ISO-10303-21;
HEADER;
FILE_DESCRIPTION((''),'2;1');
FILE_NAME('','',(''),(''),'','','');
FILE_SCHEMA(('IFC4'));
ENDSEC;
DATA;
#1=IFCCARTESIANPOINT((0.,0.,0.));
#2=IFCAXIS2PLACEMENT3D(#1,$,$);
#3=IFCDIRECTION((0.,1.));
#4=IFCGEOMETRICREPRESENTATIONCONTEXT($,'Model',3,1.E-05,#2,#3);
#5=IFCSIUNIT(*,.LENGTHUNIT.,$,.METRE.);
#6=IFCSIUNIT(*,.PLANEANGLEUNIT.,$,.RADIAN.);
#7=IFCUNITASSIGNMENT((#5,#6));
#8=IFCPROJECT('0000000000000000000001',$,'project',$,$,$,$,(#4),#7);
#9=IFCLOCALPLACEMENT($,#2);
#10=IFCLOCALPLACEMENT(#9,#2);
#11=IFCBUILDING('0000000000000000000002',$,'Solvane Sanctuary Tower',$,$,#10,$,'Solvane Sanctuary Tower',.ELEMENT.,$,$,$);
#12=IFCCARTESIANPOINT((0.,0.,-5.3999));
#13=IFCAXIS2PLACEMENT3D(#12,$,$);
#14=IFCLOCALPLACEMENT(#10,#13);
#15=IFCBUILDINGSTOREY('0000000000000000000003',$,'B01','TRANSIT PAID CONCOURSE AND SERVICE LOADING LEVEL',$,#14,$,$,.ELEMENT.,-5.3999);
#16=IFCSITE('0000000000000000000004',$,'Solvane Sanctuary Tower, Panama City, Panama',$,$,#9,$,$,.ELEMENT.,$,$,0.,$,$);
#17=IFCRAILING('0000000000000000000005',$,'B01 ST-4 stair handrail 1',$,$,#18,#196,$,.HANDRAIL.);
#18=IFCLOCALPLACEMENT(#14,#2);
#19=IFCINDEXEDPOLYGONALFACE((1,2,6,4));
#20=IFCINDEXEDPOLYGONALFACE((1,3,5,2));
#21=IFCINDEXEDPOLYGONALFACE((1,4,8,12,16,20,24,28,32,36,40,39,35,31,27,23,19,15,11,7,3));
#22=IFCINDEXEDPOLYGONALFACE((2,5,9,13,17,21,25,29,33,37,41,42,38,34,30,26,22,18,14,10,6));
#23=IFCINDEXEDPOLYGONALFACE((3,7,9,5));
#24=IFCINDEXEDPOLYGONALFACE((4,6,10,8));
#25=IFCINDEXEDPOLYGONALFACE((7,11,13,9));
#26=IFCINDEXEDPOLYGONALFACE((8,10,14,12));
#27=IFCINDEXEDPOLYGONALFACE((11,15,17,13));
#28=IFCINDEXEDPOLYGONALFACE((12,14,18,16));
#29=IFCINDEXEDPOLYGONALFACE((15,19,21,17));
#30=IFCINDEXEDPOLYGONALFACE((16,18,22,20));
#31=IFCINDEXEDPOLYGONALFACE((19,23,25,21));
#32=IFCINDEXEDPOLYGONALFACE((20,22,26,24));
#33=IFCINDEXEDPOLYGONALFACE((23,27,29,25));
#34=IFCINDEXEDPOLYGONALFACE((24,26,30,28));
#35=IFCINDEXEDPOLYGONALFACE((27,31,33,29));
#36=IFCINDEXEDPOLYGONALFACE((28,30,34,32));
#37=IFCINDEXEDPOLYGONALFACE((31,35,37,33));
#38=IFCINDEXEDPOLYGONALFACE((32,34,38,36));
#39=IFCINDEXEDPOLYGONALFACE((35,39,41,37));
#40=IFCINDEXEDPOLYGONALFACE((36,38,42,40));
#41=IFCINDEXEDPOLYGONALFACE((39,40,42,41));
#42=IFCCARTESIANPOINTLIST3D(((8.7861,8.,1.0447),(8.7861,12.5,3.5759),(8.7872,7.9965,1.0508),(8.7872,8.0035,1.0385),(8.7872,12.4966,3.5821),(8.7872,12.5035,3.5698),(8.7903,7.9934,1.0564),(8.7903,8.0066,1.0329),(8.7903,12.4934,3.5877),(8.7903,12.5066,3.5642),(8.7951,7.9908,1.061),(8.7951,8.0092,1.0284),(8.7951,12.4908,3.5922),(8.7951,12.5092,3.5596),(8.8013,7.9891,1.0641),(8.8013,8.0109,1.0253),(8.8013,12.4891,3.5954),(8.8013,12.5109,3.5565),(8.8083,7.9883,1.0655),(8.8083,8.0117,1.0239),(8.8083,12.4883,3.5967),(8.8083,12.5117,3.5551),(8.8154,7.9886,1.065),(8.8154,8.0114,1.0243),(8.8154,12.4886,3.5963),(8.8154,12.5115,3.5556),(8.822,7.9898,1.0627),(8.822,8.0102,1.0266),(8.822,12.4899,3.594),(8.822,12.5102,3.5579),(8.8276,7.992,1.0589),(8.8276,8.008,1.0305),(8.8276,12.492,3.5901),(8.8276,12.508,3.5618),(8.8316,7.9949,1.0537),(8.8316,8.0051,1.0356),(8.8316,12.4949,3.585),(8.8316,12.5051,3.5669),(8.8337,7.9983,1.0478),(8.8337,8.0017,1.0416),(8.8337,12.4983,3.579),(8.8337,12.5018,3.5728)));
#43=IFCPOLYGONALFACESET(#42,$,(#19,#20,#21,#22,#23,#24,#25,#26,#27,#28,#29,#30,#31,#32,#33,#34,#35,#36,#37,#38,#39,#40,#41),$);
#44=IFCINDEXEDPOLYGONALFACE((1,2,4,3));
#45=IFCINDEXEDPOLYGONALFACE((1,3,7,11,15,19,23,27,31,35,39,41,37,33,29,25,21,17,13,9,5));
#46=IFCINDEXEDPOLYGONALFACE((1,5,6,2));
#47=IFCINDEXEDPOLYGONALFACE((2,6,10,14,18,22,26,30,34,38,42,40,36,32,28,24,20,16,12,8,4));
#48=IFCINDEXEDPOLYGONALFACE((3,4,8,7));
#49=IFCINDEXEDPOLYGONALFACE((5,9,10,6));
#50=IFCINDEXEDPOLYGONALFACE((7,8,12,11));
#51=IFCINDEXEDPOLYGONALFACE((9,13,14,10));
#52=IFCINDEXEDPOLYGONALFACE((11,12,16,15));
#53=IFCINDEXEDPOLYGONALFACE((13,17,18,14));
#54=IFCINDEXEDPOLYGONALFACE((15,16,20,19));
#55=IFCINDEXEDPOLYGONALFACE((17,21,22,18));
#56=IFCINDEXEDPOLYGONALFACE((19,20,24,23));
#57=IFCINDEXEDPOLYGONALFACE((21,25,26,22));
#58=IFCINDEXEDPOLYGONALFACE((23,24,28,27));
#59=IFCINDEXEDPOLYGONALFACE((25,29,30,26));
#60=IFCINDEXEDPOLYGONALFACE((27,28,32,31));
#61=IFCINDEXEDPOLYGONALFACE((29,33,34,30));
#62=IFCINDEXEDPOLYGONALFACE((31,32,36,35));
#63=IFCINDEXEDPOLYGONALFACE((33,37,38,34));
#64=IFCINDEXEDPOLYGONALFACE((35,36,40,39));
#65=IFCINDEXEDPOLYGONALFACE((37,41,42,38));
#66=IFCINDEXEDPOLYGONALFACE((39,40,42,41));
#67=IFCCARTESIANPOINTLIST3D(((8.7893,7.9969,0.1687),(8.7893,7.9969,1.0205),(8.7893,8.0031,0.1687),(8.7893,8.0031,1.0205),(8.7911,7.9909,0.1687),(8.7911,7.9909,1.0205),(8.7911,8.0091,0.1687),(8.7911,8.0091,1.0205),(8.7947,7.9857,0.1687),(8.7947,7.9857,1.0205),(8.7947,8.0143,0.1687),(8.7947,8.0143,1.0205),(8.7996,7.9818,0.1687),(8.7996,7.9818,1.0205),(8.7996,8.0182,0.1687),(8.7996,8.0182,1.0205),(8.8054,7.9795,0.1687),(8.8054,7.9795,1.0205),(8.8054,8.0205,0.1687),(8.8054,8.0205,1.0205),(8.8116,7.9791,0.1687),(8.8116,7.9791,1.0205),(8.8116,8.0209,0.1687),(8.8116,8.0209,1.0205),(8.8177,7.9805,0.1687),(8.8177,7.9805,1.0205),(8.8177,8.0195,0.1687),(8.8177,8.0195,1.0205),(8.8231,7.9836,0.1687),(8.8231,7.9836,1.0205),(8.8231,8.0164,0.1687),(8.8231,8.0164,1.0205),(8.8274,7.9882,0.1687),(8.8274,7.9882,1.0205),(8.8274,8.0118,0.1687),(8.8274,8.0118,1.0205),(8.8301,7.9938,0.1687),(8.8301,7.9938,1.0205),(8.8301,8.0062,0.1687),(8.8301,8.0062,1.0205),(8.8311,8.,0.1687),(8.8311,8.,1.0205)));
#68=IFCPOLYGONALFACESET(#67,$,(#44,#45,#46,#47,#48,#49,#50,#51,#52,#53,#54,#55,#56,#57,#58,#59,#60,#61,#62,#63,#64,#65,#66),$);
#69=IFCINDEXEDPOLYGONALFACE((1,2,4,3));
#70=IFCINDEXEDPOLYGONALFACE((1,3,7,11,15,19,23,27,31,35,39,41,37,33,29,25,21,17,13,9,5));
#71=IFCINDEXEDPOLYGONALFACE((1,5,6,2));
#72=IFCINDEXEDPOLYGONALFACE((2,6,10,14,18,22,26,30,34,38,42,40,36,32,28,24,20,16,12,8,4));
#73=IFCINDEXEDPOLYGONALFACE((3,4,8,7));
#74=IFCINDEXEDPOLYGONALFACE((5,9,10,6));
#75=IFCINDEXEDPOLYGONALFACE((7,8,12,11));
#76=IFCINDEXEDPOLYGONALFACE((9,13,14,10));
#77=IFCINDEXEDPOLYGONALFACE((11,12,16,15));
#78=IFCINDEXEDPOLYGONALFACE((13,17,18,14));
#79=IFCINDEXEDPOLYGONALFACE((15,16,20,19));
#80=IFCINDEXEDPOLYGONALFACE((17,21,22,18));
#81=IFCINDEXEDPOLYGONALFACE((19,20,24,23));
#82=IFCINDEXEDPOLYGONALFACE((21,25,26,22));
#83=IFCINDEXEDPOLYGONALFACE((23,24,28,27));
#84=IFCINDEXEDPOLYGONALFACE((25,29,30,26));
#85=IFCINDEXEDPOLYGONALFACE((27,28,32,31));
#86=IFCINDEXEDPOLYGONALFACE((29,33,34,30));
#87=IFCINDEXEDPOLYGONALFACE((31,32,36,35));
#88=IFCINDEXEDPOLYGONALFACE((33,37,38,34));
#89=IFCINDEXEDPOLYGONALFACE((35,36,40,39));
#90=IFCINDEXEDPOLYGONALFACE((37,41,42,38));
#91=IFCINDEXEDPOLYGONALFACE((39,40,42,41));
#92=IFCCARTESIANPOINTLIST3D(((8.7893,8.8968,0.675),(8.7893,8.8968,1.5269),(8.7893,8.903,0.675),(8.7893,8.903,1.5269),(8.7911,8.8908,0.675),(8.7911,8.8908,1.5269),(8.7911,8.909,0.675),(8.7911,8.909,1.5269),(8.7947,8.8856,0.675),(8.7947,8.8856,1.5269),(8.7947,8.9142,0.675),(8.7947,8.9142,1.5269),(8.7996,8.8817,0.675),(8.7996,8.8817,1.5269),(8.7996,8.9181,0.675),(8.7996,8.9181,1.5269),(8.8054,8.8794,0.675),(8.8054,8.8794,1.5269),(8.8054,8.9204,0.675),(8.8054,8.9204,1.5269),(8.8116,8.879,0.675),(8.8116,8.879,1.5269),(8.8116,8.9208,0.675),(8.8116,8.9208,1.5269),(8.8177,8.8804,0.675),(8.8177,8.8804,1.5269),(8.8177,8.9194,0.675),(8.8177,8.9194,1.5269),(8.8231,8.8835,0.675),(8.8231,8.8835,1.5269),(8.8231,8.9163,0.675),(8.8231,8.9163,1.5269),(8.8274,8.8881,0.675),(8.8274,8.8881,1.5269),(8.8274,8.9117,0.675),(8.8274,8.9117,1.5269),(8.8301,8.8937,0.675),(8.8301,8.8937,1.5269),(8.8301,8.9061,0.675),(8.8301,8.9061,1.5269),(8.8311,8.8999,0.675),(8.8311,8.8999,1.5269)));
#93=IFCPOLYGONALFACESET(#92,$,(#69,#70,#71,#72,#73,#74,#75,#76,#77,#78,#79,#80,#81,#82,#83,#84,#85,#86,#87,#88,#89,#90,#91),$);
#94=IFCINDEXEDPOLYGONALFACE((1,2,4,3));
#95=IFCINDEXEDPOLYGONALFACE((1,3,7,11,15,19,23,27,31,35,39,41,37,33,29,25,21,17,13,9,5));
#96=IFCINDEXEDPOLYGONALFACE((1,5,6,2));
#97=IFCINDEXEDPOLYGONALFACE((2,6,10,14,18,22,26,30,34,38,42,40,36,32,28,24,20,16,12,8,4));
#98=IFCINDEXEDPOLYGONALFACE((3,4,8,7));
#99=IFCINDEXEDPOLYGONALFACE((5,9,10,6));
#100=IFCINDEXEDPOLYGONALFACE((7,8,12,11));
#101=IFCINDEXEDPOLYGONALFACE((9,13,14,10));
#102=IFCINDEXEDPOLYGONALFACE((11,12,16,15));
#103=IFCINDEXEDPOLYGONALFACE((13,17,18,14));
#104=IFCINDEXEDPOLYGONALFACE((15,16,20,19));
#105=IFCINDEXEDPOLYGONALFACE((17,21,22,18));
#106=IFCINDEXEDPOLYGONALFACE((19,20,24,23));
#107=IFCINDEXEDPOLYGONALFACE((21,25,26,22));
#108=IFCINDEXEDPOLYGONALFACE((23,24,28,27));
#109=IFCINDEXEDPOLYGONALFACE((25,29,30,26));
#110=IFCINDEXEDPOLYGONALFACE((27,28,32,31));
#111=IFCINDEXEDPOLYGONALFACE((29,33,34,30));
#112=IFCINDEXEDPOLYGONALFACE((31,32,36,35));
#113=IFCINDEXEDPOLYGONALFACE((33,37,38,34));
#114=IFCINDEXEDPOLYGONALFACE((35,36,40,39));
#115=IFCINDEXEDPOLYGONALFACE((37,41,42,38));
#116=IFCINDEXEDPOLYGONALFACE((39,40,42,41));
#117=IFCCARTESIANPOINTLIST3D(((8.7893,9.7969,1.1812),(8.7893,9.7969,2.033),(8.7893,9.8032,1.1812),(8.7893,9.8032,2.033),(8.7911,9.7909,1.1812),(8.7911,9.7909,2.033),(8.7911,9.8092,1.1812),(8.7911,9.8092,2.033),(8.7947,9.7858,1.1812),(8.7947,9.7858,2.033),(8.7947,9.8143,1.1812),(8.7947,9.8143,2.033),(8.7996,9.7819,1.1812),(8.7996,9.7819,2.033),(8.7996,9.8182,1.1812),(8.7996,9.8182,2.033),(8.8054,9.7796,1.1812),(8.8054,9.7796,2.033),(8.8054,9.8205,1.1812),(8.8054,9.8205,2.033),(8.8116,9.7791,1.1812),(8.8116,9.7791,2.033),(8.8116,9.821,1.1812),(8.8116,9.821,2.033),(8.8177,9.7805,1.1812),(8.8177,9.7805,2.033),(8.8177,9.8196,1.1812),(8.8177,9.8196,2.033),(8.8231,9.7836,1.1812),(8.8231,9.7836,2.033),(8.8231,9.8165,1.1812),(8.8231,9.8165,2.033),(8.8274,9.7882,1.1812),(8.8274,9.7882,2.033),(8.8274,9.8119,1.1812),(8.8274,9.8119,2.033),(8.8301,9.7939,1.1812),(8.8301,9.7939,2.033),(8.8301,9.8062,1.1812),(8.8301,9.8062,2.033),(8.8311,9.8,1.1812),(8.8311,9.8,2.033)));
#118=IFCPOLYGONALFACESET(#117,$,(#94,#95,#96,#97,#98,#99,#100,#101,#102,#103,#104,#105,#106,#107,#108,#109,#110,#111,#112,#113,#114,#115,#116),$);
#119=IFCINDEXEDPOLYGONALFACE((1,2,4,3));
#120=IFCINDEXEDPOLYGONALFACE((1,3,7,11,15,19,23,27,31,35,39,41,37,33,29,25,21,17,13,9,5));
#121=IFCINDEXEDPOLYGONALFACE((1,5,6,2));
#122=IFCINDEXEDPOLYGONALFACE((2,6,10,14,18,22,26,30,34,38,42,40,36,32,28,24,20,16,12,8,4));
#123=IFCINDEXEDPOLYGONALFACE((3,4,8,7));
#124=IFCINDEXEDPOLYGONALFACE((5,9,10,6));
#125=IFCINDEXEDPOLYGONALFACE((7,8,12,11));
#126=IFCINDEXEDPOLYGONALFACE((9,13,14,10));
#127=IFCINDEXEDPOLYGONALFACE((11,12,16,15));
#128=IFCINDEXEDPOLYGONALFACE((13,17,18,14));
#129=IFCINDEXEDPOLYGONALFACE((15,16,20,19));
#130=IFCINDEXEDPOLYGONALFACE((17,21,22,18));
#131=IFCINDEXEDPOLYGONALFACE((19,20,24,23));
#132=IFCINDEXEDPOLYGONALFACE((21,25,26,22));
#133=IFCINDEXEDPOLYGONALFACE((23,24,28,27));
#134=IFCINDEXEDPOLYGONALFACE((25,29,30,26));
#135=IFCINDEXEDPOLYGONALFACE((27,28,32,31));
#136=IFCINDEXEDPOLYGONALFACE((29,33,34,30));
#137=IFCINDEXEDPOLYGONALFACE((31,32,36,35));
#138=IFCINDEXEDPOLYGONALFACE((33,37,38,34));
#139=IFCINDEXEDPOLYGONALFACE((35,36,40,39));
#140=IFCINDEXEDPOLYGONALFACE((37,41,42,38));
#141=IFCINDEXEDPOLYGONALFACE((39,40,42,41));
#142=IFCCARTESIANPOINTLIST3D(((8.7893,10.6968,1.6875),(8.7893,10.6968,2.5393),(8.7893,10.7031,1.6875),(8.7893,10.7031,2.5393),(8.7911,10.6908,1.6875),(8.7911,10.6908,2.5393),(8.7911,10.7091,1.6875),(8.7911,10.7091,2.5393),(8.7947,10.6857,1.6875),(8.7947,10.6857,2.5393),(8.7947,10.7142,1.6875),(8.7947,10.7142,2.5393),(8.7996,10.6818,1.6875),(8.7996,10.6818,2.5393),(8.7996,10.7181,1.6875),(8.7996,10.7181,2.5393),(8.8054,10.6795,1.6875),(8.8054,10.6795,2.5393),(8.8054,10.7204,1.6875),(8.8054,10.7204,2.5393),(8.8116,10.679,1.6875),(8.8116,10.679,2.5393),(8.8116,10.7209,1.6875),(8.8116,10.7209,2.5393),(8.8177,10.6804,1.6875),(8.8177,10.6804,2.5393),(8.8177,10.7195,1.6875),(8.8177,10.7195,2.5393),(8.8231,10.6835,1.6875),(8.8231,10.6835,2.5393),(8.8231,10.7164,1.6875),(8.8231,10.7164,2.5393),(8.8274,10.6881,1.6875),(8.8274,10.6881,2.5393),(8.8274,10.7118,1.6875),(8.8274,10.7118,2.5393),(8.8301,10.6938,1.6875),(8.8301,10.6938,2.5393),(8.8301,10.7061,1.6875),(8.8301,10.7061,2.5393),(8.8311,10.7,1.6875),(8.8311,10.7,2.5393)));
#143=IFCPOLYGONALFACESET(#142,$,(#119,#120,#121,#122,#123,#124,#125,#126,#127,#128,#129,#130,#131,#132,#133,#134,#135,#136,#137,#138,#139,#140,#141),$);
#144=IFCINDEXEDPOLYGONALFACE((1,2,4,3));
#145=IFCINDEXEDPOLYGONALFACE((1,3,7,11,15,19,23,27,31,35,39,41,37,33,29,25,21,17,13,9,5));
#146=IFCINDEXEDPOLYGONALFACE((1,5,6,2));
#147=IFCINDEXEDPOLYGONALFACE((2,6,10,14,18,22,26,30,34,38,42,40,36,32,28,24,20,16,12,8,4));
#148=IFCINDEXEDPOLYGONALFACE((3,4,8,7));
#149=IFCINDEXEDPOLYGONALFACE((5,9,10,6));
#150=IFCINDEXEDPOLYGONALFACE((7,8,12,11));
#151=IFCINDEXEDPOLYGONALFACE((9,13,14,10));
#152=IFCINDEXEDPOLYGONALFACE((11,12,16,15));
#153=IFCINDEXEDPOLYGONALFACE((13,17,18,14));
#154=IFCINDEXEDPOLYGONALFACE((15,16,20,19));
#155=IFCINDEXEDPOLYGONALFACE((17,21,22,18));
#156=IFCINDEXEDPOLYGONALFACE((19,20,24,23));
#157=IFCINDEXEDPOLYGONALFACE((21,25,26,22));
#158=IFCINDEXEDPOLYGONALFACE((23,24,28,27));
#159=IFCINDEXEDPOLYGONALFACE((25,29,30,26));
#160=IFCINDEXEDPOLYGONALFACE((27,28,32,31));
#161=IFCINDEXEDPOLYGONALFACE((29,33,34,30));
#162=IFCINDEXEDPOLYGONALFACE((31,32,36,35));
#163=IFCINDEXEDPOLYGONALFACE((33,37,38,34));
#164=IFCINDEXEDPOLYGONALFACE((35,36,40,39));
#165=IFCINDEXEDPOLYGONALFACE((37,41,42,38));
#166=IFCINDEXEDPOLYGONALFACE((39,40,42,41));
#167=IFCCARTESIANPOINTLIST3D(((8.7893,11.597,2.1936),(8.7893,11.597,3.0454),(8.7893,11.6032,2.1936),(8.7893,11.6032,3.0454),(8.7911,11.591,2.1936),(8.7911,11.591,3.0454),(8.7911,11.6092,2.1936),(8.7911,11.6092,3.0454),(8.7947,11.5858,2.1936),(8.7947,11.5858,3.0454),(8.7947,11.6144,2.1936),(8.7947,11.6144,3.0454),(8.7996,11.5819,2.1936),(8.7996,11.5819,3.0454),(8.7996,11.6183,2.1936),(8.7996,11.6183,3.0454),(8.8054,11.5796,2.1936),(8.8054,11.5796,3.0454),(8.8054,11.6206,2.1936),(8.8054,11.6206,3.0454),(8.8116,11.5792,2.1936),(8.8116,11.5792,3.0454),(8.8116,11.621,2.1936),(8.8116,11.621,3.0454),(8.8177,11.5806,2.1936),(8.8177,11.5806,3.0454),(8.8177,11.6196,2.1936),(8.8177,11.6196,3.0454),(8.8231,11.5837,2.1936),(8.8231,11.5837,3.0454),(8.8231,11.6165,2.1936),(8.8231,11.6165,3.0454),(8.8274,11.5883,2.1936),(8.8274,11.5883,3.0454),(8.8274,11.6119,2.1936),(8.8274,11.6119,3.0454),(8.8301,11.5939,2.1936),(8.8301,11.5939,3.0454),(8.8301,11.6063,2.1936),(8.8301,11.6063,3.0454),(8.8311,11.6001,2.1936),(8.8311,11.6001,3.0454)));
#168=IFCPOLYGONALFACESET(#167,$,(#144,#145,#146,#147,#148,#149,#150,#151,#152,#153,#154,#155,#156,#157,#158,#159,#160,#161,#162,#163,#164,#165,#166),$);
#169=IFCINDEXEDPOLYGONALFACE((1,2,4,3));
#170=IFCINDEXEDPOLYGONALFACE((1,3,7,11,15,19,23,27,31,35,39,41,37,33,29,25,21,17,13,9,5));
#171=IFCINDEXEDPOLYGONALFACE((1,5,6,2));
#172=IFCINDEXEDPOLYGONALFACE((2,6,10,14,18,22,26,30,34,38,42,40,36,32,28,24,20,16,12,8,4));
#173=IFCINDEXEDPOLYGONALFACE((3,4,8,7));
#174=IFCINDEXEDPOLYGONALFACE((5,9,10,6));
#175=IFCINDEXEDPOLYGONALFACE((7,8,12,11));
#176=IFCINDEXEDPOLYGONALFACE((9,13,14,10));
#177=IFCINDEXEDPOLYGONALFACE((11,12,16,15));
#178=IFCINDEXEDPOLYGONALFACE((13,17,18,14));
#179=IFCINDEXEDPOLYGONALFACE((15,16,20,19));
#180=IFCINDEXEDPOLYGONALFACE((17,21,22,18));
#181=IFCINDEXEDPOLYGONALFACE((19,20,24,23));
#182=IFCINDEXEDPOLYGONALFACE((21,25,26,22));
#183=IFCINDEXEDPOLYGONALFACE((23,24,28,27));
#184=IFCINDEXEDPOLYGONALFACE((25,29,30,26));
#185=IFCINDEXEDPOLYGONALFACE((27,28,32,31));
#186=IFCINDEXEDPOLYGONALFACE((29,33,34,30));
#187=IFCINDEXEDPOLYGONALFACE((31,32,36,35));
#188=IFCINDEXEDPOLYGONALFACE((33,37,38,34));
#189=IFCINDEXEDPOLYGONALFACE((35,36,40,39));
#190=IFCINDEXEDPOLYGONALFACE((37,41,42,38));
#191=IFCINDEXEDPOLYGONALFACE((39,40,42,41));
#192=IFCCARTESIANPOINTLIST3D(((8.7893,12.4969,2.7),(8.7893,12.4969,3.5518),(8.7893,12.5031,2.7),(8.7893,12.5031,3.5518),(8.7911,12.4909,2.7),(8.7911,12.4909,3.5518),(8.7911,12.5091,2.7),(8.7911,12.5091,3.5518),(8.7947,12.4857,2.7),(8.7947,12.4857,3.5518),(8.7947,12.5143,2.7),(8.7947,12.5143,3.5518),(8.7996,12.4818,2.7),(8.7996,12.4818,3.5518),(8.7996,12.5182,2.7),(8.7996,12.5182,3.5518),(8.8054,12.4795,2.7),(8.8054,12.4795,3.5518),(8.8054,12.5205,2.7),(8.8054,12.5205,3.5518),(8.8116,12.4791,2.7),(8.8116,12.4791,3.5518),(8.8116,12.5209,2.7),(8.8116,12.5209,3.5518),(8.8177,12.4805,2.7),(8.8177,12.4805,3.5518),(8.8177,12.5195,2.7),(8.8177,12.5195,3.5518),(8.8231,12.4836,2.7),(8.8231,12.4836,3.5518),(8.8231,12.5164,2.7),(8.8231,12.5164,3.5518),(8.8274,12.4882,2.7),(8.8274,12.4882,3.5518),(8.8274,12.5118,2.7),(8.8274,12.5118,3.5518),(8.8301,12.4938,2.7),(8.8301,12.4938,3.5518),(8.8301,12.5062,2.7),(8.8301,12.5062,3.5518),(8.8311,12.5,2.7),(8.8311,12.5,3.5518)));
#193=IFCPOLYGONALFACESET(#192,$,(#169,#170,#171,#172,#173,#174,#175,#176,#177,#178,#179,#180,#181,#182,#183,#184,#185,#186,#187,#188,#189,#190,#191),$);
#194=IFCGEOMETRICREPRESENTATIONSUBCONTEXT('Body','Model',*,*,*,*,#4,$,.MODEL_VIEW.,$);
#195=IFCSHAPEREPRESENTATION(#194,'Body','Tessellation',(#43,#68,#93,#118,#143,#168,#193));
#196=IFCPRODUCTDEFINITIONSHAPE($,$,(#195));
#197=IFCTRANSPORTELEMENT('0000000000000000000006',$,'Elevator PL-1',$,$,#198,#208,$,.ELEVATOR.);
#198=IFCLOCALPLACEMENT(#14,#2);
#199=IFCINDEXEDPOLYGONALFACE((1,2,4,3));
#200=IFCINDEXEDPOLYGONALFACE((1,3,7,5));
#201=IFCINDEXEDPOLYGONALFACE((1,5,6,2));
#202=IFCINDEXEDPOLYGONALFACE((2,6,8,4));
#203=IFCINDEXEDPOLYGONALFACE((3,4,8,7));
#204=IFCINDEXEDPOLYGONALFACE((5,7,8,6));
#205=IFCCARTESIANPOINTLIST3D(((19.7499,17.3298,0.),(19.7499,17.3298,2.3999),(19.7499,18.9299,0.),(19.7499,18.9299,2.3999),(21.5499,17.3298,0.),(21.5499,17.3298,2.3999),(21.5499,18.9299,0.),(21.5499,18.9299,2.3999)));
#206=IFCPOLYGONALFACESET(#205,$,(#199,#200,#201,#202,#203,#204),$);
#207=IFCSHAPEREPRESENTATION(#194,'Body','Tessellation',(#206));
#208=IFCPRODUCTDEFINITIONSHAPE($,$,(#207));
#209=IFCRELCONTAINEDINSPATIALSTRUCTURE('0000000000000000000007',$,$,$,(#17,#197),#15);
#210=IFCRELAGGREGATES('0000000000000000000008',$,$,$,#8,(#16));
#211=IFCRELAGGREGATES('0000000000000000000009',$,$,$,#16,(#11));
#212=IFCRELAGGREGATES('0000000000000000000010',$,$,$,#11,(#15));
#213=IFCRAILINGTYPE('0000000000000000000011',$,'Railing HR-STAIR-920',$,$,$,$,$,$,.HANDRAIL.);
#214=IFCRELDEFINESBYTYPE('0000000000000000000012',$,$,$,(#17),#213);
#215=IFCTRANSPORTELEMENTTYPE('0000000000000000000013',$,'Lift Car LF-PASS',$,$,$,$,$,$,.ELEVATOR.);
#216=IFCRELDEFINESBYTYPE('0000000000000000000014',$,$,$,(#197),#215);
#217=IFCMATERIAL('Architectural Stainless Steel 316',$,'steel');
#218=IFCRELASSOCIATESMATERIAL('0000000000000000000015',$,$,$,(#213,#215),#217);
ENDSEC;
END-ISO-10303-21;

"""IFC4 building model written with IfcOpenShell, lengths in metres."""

from ifc_helpers import new_model, si_unit, direction, frame, origin, origin_2d, place, context, subcontext, project, spatial, rectangle, circle, extrude, material, type_object, element, save


model = new_model("IFC4")

# Units and contexts
model_context = context("Model", 3, precision=1e-05, world=origin(), true_north=direction((0.0, 1.0)))
body_context = subcontext(model_context, "Body", "Model", "MODEL_VIEW")
ifc_project = project(units=[si_unit("LENGTHUNIT", "METRE"), si_unit("PLANEANGLEUNIT", "RADIAN")], contexts=[model_context])

# Site, building, storey
site_placement = place(None, origin())
site = spatial("IfcSite", under=ifc_project, at=site_placement, Name="Solvane Sanctuary Tower, Panama City, Panama", CompositionType="ELEMENT", RefElevation=0.0)
building_placement = place(site_placement, origin())
building = spatial("IfcBuilding", under=site, at=building_placement, Name="Solvane Sanctuary Tower", LongName="Solvane Sanctuary Tower", CompositionType="ELEMENT")
storey_placement = place(building_placement, frame((0.0, 0.0, -5.3999)))
storey = spatial("IfcBuildingStorey", under=building, at=storey_placement, Name="B01", Description="TRANSIT PAID CONCOURSE AND SERVICE LOADING LEVEL", CompositionType="ELEMENT", Elevation=-5.3999)

# Shared definitions
ifc_material_1 = material(Name="Architectural Stainless Steel 316", Category="steel")

# Railing
railing_type_1 = type_object("IfcRailingType", Name="Railing HR-STAIR-920", PredefinedType="HANDRAIL", material=ifc_material_1)
railing_1_placement = place(storey_placement, frame((8.8101, 8.0, 0.1687)))
element("IfcRailing", 1, at=railing_1_placement, inside=storey, type_object=railing_type_1, Name="B01 ST-4 stair handrail 1", PredefinedType="HANDRAIL", context=body_context, shape_type="SweptSolid", body=[
    extrude(circle(Radius=0.0239, at=origin_2d()), frame((0.0, 0.0, 0.876), z_axis=(0.0, 0.871576, 0.490261), x_axis=(-1.0, 0.0, 0.0)), (0.0, 0.0, 1.0), 5.1631),
    extrude(circle(Radius=0.021, at=origin_2d()), origin(), (0.0, 0.0, 1.0), 0.8518),
    extrude(circle(Radius=0.021, at=origin_2d()), frame((0.0, 0.8999, 0.5063)), (0.0, 0.0, 1.0), 0.8518),
    extrude(circle(Radius=0.021, at=origin_2d()), frame((0.0, 1.8, 1.0125)), (0.0, 0.0, 1.0), 0.8518),
    extrude(circle(Radius=0.021, at=origin_2d()), frame((0.0, 2.7, 1.5188)), (0.0, 0.0, 1.0), 0.8518),
    extrude(circle(Radius=0.021, at=origin_2d()), frame((0.0, 3.6001, 2.0249)), (0.0, 0.0, 1.0), 0.8518),
    extrude(circle(Radius=0.021, at=origin_2d()), frame((0.0, 4.5, 2.5312)), (0.0, 0.0, 1.0), 0.8518),
])

# Transport element
transport_element_type = type_object("IfcTransportElementType", Name="Lift Car LF-PASS", PredefinedType="ELEVATOR", material=ifc_material_1)
transport_element_placement = place(storey_placement, frame((20.6499, 18.1299, 0.0), z_axis=(0.0, 0.0, 1.0), x_axis=(1.0, 0.0, 0.0)))
element("IfcTransportElement", 2, at=transport_element_placement, inside=storey, type_object=transport_element_type, Name="Elevator PL-1", PredefinedType="ELEVATOR", context=body_context, shape_type="SweptSolid", body=[
    extrude(rectangle(XDim=1.8, YDim=1.6001, at=origin_2d()), origin(), (0.0, 0.0, 1.0), 2.3999),
])

save(model, "model.ifc")
